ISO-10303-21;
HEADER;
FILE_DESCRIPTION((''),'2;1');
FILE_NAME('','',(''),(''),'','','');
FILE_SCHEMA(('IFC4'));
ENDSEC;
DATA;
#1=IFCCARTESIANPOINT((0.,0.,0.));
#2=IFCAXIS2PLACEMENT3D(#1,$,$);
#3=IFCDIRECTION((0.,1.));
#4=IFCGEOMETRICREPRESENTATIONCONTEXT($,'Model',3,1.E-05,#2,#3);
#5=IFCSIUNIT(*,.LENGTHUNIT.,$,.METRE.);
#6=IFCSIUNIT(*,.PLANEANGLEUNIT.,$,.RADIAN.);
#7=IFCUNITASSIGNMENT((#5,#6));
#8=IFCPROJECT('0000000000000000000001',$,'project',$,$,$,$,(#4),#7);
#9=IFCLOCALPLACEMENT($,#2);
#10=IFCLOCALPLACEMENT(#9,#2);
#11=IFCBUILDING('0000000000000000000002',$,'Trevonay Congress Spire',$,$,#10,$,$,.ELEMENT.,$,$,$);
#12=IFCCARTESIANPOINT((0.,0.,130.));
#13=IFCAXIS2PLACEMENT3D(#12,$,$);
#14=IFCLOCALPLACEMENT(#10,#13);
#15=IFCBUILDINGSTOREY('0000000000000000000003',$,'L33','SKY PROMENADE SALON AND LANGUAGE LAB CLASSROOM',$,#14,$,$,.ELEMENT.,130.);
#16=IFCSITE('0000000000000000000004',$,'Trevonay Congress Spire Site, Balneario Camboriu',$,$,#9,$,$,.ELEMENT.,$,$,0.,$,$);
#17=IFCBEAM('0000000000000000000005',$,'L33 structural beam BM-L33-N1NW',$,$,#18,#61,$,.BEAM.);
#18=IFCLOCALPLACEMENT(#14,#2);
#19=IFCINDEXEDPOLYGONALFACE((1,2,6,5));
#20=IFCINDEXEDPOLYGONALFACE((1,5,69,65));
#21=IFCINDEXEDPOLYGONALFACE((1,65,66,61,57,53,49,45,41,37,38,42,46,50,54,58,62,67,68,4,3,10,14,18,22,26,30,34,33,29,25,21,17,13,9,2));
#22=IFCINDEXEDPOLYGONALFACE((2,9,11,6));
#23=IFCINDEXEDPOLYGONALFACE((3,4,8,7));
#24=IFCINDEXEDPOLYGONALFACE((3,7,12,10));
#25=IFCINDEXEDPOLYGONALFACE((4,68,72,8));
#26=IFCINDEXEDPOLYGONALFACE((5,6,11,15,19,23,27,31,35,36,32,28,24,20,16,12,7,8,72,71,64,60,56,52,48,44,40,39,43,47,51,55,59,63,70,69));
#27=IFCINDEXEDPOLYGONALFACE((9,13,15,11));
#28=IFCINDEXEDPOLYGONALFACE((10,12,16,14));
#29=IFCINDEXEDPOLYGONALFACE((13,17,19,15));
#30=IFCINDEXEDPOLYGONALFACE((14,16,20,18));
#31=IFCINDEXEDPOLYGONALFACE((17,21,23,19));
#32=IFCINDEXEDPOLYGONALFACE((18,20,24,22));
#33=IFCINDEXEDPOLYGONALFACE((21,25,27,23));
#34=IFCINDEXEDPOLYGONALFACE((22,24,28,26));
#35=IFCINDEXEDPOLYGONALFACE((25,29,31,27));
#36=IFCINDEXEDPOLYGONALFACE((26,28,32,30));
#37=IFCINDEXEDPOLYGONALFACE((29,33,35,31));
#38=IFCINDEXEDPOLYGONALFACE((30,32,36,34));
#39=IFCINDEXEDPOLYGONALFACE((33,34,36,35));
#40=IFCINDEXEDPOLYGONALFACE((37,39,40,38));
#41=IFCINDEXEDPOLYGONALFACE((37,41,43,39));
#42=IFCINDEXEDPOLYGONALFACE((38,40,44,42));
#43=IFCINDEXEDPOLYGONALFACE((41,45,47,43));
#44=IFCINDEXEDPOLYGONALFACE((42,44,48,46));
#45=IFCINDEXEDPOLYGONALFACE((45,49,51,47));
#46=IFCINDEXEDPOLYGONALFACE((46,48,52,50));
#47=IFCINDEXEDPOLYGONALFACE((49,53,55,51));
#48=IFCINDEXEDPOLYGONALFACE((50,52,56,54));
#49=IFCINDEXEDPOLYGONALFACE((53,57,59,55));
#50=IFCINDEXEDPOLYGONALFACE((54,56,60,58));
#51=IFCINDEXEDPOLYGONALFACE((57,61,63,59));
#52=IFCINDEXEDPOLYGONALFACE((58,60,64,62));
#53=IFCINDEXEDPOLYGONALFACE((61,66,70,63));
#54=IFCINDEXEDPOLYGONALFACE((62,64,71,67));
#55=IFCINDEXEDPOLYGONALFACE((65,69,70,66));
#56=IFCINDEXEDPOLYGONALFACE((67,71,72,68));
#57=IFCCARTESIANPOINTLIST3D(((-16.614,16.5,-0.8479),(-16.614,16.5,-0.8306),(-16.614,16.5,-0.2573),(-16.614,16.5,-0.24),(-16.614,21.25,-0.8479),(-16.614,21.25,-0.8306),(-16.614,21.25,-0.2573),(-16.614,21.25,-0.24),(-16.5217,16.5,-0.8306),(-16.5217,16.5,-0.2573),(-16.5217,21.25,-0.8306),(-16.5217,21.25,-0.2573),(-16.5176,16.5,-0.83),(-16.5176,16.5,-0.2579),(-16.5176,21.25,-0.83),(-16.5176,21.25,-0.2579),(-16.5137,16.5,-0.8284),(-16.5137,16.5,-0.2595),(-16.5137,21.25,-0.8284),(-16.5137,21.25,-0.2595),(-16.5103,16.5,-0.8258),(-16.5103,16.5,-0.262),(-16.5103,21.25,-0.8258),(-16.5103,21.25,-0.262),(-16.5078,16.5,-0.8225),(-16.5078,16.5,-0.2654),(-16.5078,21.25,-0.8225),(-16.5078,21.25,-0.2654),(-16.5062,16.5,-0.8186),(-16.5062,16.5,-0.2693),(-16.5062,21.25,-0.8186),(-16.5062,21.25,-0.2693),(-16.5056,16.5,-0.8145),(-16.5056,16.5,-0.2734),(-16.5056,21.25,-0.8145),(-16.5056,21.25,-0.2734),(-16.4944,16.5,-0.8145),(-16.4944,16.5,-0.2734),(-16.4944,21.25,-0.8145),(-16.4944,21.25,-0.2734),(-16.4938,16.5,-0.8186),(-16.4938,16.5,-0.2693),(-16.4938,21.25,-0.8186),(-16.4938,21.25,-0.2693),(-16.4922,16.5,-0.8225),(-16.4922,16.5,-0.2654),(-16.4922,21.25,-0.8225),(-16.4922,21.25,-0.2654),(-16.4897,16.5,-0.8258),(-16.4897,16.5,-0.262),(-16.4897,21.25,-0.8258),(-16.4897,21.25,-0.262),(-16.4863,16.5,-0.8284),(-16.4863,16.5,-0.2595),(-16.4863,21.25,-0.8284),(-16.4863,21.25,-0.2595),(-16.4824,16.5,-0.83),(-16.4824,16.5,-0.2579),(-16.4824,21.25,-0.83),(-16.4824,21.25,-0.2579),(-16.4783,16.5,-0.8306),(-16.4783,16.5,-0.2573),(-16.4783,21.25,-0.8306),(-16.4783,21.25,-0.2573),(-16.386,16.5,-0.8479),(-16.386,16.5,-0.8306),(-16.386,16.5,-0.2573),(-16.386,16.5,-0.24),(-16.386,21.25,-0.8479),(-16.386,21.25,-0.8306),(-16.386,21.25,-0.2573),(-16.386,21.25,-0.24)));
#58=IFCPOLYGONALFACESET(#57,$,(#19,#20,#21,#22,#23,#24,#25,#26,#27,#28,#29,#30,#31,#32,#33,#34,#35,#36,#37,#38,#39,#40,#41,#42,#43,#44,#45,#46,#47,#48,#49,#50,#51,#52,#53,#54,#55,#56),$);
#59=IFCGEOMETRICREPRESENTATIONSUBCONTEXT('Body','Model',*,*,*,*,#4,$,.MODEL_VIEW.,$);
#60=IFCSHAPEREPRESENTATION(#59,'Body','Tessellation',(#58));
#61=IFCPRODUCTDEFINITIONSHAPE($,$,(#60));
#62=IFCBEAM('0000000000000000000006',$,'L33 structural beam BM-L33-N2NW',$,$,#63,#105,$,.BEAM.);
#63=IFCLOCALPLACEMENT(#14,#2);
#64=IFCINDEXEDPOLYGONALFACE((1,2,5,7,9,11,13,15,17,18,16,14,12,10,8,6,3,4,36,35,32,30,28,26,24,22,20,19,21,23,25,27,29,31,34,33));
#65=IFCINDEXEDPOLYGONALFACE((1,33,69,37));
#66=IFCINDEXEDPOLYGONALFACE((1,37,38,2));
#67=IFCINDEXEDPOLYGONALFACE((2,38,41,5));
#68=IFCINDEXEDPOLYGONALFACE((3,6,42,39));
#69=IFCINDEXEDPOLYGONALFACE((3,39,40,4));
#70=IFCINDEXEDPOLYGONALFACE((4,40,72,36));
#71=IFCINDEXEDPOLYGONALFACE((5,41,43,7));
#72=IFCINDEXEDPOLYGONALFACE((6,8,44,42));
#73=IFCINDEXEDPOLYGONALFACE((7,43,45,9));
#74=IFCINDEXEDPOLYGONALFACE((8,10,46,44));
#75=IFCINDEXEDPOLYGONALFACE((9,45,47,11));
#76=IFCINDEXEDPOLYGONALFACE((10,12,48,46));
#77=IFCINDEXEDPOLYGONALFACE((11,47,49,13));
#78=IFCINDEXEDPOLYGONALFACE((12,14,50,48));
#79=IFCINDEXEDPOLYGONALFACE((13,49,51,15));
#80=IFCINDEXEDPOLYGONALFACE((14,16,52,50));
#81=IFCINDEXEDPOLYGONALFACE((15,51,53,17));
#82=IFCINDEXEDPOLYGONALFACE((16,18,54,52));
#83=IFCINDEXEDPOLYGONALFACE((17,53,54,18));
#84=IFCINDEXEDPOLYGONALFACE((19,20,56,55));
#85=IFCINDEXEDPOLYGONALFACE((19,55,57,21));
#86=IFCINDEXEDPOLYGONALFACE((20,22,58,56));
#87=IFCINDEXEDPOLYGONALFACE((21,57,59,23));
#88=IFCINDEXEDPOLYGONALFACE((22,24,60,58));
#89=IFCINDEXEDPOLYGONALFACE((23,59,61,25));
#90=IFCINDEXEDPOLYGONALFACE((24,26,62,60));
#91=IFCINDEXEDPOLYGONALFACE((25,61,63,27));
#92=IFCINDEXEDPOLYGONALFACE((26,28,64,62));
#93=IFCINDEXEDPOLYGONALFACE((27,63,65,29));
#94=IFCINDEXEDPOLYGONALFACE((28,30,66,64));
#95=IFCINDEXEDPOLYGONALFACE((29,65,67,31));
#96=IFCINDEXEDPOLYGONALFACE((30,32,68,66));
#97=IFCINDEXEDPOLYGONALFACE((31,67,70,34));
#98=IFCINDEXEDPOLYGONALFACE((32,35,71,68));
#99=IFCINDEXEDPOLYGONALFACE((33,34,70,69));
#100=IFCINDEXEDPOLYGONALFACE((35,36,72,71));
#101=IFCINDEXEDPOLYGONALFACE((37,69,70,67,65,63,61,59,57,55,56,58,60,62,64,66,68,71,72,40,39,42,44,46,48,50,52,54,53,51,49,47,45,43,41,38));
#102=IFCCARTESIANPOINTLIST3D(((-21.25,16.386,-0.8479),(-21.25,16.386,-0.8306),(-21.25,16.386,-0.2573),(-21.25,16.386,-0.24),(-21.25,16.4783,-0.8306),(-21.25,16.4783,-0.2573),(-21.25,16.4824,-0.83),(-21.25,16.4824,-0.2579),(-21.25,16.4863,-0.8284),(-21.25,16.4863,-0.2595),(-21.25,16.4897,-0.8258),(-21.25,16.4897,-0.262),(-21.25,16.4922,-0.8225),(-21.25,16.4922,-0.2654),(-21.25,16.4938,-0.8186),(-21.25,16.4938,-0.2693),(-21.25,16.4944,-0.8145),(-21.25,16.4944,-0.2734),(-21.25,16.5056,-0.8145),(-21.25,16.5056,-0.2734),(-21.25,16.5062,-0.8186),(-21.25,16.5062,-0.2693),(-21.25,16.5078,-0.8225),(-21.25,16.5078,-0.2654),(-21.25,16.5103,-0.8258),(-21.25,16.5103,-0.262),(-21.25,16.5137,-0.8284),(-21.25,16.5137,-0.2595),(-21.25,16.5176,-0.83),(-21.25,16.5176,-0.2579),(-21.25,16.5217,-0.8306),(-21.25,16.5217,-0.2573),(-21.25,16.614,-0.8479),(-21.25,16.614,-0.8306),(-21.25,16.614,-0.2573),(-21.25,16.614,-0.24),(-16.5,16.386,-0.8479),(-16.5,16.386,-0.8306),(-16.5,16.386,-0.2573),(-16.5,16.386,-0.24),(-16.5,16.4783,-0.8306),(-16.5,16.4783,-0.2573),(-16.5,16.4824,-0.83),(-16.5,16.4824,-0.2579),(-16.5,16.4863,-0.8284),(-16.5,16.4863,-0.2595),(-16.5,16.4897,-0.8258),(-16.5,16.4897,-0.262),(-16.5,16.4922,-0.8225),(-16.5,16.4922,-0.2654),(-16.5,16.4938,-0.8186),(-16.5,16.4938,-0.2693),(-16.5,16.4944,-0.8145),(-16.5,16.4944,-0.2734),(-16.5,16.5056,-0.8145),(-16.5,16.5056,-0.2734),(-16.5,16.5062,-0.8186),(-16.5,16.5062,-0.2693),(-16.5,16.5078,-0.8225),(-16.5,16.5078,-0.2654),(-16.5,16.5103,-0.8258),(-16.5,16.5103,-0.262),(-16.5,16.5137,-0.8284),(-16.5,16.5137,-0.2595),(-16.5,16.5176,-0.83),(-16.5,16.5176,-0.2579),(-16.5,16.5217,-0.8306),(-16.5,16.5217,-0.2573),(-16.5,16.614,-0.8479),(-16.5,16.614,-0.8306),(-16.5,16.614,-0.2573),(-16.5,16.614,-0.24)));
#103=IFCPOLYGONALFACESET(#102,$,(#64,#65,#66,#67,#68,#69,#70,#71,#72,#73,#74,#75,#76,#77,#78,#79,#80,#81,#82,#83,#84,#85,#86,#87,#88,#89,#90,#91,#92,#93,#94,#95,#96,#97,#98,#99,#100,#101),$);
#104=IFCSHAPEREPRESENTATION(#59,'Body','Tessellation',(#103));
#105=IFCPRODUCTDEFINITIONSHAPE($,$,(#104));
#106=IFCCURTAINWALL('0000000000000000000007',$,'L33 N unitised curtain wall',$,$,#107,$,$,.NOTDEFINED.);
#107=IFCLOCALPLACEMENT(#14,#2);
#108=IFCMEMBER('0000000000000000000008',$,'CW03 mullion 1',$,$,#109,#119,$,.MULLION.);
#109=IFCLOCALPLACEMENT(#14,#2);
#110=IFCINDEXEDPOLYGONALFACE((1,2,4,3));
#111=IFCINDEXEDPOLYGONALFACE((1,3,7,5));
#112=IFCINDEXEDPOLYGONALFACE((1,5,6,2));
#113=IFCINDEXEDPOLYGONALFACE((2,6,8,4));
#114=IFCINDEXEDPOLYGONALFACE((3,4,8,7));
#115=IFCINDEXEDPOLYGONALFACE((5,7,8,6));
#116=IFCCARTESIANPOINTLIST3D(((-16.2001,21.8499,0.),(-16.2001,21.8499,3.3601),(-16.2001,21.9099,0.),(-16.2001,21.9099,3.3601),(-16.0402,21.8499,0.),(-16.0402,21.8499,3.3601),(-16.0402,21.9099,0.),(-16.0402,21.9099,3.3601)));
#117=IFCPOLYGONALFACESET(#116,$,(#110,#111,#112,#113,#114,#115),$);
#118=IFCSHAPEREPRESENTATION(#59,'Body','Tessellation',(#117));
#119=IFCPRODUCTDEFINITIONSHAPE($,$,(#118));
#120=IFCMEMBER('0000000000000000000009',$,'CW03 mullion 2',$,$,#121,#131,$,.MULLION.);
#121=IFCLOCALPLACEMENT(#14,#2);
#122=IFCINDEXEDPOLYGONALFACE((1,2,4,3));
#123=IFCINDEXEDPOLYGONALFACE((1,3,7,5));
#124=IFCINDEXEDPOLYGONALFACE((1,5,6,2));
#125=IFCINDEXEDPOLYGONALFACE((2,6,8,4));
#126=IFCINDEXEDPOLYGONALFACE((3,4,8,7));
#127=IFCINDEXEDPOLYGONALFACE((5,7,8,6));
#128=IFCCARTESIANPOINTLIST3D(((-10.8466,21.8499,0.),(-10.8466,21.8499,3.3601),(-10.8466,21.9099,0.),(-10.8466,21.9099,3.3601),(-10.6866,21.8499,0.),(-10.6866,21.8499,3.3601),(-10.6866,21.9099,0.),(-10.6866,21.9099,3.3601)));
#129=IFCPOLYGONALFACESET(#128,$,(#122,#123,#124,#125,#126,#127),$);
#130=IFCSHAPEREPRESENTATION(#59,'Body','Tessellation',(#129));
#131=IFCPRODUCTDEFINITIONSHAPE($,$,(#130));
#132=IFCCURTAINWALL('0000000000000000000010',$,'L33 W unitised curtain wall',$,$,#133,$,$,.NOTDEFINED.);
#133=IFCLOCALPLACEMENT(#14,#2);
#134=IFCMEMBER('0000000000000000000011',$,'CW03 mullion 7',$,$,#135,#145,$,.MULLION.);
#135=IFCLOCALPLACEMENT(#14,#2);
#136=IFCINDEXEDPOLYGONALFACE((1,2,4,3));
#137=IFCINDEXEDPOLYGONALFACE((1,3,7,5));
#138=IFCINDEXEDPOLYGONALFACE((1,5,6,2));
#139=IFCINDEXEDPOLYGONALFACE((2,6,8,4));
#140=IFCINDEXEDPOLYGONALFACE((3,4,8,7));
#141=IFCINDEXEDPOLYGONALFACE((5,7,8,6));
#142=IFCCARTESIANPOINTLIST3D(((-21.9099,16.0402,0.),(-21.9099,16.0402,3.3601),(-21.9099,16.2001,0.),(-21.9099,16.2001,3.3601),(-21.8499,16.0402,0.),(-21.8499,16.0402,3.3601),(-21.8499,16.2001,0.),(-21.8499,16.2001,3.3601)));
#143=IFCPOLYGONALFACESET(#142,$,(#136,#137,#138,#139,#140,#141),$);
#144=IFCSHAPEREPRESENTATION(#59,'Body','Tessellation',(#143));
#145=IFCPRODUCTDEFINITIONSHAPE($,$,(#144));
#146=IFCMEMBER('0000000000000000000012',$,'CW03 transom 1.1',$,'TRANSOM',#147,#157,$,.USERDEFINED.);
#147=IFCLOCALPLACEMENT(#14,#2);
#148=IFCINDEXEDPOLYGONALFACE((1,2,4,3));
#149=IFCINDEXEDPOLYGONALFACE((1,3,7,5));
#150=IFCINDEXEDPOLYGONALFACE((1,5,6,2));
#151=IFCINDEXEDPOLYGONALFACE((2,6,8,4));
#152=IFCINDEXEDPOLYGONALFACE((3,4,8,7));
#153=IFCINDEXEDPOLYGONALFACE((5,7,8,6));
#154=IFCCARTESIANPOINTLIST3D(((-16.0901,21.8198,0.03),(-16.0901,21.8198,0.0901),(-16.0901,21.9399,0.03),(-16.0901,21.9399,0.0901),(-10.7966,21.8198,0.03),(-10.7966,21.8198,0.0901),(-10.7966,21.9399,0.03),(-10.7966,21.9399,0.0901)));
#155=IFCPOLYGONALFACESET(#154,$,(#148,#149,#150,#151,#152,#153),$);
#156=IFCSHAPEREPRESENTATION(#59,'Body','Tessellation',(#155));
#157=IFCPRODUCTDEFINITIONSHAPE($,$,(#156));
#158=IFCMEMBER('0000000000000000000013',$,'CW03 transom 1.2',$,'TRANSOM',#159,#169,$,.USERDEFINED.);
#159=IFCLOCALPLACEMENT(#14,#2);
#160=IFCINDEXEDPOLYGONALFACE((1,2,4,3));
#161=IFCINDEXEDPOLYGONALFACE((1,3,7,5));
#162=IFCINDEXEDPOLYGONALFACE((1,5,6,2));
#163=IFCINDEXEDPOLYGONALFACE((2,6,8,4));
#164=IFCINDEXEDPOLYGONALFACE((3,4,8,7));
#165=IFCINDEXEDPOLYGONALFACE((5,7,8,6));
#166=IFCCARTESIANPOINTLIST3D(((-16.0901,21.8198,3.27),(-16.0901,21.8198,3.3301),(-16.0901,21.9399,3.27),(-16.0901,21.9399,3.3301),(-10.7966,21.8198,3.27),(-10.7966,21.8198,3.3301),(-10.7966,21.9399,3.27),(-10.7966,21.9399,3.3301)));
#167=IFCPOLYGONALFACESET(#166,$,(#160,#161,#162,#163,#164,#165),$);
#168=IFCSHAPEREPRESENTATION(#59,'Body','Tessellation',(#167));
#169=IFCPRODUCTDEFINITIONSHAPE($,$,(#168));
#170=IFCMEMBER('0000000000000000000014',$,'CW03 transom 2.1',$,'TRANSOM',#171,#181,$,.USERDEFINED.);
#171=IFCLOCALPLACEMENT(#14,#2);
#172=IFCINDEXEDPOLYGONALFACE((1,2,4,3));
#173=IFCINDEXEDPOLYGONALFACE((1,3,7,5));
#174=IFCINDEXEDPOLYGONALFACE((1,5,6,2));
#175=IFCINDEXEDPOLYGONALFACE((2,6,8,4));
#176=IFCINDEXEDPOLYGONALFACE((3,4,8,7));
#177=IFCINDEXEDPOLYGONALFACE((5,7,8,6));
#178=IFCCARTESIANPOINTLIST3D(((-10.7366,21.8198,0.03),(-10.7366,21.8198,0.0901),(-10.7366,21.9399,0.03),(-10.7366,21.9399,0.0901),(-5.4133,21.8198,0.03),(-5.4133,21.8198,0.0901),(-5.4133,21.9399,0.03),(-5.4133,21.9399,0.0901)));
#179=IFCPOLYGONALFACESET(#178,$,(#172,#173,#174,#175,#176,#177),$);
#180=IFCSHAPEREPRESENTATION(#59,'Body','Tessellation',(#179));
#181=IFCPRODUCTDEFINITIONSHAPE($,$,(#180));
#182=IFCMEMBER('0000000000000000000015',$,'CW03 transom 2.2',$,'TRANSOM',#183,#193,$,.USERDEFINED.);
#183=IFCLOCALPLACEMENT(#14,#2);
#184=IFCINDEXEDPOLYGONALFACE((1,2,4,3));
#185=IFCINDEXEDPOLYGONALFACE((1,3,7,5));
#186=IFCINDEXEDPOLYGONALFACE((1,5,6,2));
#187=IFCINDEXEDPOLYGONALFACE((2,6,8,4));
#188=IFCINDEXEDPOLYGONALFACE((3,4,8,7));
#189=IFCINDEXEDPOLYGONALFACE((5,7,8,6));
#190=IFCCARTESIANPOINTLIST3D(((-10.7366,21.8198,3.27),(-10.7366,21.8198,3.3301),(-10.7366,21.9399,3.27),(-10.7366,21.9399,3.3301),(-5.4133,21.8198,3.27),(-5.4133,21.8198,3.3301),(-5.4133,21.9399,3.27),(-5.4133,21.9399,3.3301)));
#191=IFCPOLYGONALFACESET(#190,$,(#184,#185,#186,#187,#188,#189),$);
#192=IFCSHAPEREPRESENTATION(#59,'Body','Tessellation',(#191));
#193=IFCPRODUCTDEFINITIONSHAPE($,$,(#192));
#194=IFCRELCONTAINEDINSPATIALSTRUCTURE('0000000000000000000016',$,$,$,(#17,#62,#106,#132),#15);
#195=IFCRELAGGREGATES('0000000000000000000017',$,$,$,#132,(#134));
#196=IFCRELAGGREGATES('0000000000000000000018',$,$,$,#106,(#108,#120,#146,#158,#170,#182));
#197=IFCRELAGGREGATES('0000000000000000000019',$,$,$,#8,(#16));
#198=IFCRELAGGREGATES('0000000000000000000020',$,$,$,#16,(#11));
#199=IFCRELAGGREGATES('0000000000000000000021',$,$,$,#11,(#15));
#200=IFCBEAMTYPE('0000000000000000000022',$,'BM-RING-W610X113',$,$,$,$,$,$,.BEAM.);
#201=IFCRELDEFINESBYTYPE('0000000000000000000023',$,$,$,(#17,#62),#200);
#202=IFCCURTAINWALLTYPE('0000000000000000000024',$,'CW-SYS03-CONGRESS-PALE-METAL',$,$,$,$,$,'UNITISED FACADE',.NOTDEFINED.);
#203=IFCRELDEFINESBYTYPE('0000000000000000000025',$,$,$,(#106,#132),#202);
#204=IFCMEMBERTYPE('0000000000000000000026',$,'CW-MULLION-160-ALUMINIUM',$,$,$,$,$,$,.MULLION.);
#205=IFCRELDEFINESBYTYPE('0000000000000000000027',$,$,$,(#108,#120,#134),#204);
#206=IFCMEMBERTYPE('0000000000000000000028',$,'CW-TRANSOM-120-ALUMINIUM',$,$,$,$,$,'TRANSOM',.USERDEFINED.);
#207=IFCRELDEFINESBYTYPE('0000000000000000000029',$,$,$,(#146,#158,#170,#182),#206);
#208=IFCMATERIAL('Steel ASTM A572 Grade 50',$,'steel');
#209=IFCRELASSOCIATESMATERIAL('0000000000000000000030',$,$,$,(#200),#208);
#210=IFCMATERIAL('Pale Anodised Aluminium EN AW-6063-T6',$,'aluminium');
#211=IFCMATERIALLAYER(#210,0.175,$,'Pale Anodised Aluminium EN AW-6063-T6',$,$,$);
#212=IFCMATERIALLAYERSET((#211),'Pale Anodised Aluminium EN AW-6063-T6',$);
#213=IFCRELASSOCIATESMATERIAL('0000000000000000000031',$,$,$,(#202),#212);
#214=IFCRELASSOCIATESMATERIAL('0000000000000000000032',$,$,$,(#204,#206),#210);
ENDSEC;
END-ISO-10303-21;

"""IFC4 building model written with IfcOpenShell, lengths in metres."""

from ifc_helpers import new_model, si_unit, direction, frame, origin, origin_2d, place, context, subcontext, project, spatial, rectangle, i_section, extrude, material, layer, layer_set, material_profile, profile_set, type_object, element, aggregate, save


model = new_model("IFC4")

# Units and contexts
model_context = context("Model", 3, precision=1e-05, world=origin(), true_north=direction((0.0, 1.0)))
body_context = subcontext(model_context, "Body", "Model", "MODEL_VIEW")
ifc_project = project(units=[si_unit("LENGTHUNIT", "METRE"), si_unit("PLANEANGLEUNIT", "RADIAN")], contexts=[model_context])

# Site, building, storey
site_placement = place(None, origin())
site = spatial("IfcSite", under=ifc_project, at=site_placement, Name="Trevonay Congress Spire Site, Balneario Camboriu", CompositionType="ELEMENT", RefElevation=0.0)
building_placement = place(site_placement, origin())
building = spatial("IfcBuilding", under=site, at=building_placement, Name="Trevonay Congress Spire", CompositionType="ELEMENT")
storey_placement = place(building_placement, frame((0.0, 0.0, 130.0)))
storey = spatial("IfcBuildingStorey", under=building, at=storey_placement, Name="L33", Description="SKY PROMENADE SALON AND LANGUAGE LAB CLASSROOM", CompositionType="ELEMENT", Elevation=130.0)

# Shared definitions
ifc_material_1 = material(Name="Steel ASTM A572 Grade 50", Category="steel")

# Beams
ifc_material_profile_1 = material_profile(ifc_material_1, i_section(OverallWidth=0.228, OverallDepth=0.6079, WebThickness=0.0112, FlangeThickness=0.0173, FilletRadius=0.0161, at=origin_2d()), Name="W610x113")
ifc_profile_set_1 = profile_set([ifc_material_profile_1], Name="Steel ASTM A572 Grade 50")
beam_type_1 = type_object("IfcBeamType", Name="BM-RING-W610X113", PredefinedType="BEAM", material=ifc_profile_set_1)
for number, where, z_axis, x_axis, name in (
    (1, (-16.5, 21.25, -0.5439), (0.0, -1.0, 0.0), (1.0, 0.0, 0.0), "L33 structural beam BM-L33-N1NW"),
    (2, (-21.25, 16.5, -0.5439), (1.0, 0.0, 0.0), (0.0, 1.0, 0.0), "L33 structural beam BM-L33-N2NW"),
):
    element("IfcBeam", number, at=place(storey_placement, frame(where, z_axis=z_axis, x_axis=x_axis)), inside=storey, type_object=beam_type_1, Name=name, PredefinedType="BEAM", context=body_context, shape_type="SweptSolid", body=[
        extrude(i_section(OverallWidth=0.228, OverallDepth=0.6079, WebThickness=0.0112, FlangeThickness=0.0173, FilletRadius=0.0161, at=origin_2d()), origin(), (0.0, 0.0, 1.0), 4.75),
    ])

# Curtain wall, members
ifc_material_2 = material(Name="Pale Anodised Aluminium EN AW-6063-T6", Category="aluminium")
ifc_layer_1 = layer(ifc_material_2, 0.175, Name="Pale Anodised Aluminium EN AW-6063-T6")
ifc_layer_set_1 = layer_set([ifc_layer_1], Name="Pale Anodised Aluminium EN AW-6063-T6")
curtain_wall_type = type_object("IfcCurtainWallType", Name="CW-SYS03-CONGRESS-PALE-METAL", ElementType="UNITISED FACADE", PredefinedType="NOTDEFINED", material=ifc_layer_set_1)
curtain_wall_1_placement = place(storey_placement, origin())
curtain_wall_1 = element("IfcCurtainWall", 3, at=curtain_wall_1_placement, inside=storey, type_object=curtain_wall_type, Name="L33 N unitised curtain wall", PredefinedType="NOTDEFINED")
ifc_material_profile_2 = material_profile(ifc_material_2, rectangle(XDim=0.0601, YDim=0.1599, at=origin_2d()), Name="CW-MULLION-160-ALUMINIUM")
ifc_profile_set_2 = profile_set([ifc_material_profile_2], Name="Pale Anodised Aluminium EN AW-6063-T6")
member_type_1 = type_object("IfcMemberType", Name="CW-MULLION-160-ALUMINIUM", PredefinedType="MULLION", material=ifc_profile_set_2)
member_1_placement = place(storey_placement, frame((-16.1201, 21.8799, 0.0), z_axis=(0.0, 0.0, 1.0), x_axis=(0.0, 1.0, 0.0)))
member_1 = element("IfcMember", 4, at=member_1_placement, type_object=member_type_1, Name="CW03 mullion 1", PredefinedType="MULLION", context=body_context, shape_type="SweptSolid", body=[
    extrude(rectangle(XDim=0.0601, YDim=0.1599, at=origin_2d()), origin(), (0.0, 0.0, 1.0), 3.3601),
])
member_2_placement = place(storey_placement, frame((-10.7666, 21.8799, 0.0), z_axis=(0.0, 0.0, 1.0), x_axis=(0.0, 1.0, 0.0)))
member_2 = element("IfcMember", 5, at=member_2_placement, type_object=member_type_1, Name="CW03 mullion 2", PredefinedType="MULLION", context=body_context, shape_type="SweptSolid", body=[
    extrude(rectangle(XDim=0.0601, YDim=0.1599, at=origin_2d()), origin(), (0.0, 0.0, 1.0), 3.3601),
])

# Curtain wall, member
curtain_wall_2_placement = place(storey_placement, origin())
curtain_wall_2 = element("IfcCurtainWall", 6, at=curtain_wall_2_placement, inside=storey, type_object=curtain_wall_type, Name="L33 W unitised curtain wall", PredefinedType="NOTDEFINED")
member_3_placement = place(storey_placement, frame((-21.8799, 16.1201, 0.0), z_axis=(0.0, 0.0, 1.0), x_axis=(-1.0, 0.0, 0.0)))
member_3 = element("IfcMember", 7, at=member_3_placement, type_object=member_type_1, Name="CW03 mullion 7", PredefinedType="MULLION", context=body_context, shape_type="SweptSolid", body=[
    extrude(rectangle(XDim=0.0601, YDim=0.1599, at=origin_2d()), origin(), (0.0, 0.0, 1.0), 3.3601),
])
aggregate(curtain_wall_2, [member_3])

# Members
ifc_material_profile_3 = material_profile(ifc_material_2, rectangle(XDim=0.1201, YDim=0.0601, at=origin_2d()), Name="CW-TRANSOM-120-ALUMINIUM")
ifc_profile_set_3 = profile_set([ifc_material_profile_3], Name="Pale Anodised Aluminium EN AW-6063-T6")
member_type_2 = type_object("IfcMemberType", Name="CW-TRANSOM-120-ALUMINIUM", ElementType="TRANSOM", PredefinedType="USERDEFINED", material=ifc_profile_set_3)
member_4_placement = place(storey_placement, frame((-16.0901, 21.8799, 0.0601), z_axis=(1.0, 0.0, 0.0), x_axis=(0.0, 1.0, 0.0)))
member_4 = element("IfcMember", 8, at=member_4_placement, type_object=member_type_2, Name="CW03 transom 1.1", ObjectType="TRANSOM", PredefinedType="USERDEFINED", context=body_context, shape_type="SweptSolid", body=[
    extrude(rectangle(XDim=0.1201, YDim=0.0601, at=origin_2d()), origin(), (0.0, 0.0, 1.0), 5.2935),
])
member_5_placement = place(storey_placement, frame((-16.0901, 21.8799, 3.3), z_axis=(1.0, 0.0, 0.0), x_axis=(0.0, 1.0, 0.0)))
member_5 = element("IfcMember", 9, at=member_5_placement, type_object=member_type_2, Name="CW03 transom 1.2", ObjectType="TRANSOM", PredefinedType="USERDEFINED", context=body_context, shape_type="SweptSolid", body=[
    extrude(rectangle(XDim=0.1201, YDim=0.0601, at=origin_2d()), origin(), (0.0, 0.0, 1.0), 5.2935),
])
member_6_placement = place(storey_placement, frame((-10.7366, 21.8799, 0.0601), z_axis=(1.0, 0.0, 0.0), x_axis=(0.0, 1.0, 0.0)))
member_6 = element("IfcMember", 10, at=member_6_placement, type_object=member_type_2, Name="CW03 transom 2.1", ObjectType="TRANSOM", PredefinedType="USERDEFINED", context=body_context, shape_type="SweptSolid", body=[
    extrude(rectangle(XDim=0.1201, YDim=0.0601, at=origin_2d()), origin(), (0.0, 0.0, 1.0), 5.3232),
])
member_7_placement = place(storey_placement, frame((-10.7366, 21.8799, 3.3), z_axis=(1.0, 0.0, 0.0), x_axis=(0.0, 1.0, 0.0)))
member_7 = element("IfcMember", 11, at=member_7_placement, type_object=member_type_2, Name="CW03 transom 2.2", ObjectType="TRANSOM", PredefinedType="USERDEFINED", context=body_context, shape_type="SweptSolid", body=[
    extrude(rectangle(XDim=0.1201, YDim=0.0601, at=origin_2d()), origin(), (0.0, 0.0, 1.0), 5.3232),
])

aggregate(curtain_wall_1, [member_1, member_2, member_4, member_5, member_6, member_7])

save(model, "model.ifc")
